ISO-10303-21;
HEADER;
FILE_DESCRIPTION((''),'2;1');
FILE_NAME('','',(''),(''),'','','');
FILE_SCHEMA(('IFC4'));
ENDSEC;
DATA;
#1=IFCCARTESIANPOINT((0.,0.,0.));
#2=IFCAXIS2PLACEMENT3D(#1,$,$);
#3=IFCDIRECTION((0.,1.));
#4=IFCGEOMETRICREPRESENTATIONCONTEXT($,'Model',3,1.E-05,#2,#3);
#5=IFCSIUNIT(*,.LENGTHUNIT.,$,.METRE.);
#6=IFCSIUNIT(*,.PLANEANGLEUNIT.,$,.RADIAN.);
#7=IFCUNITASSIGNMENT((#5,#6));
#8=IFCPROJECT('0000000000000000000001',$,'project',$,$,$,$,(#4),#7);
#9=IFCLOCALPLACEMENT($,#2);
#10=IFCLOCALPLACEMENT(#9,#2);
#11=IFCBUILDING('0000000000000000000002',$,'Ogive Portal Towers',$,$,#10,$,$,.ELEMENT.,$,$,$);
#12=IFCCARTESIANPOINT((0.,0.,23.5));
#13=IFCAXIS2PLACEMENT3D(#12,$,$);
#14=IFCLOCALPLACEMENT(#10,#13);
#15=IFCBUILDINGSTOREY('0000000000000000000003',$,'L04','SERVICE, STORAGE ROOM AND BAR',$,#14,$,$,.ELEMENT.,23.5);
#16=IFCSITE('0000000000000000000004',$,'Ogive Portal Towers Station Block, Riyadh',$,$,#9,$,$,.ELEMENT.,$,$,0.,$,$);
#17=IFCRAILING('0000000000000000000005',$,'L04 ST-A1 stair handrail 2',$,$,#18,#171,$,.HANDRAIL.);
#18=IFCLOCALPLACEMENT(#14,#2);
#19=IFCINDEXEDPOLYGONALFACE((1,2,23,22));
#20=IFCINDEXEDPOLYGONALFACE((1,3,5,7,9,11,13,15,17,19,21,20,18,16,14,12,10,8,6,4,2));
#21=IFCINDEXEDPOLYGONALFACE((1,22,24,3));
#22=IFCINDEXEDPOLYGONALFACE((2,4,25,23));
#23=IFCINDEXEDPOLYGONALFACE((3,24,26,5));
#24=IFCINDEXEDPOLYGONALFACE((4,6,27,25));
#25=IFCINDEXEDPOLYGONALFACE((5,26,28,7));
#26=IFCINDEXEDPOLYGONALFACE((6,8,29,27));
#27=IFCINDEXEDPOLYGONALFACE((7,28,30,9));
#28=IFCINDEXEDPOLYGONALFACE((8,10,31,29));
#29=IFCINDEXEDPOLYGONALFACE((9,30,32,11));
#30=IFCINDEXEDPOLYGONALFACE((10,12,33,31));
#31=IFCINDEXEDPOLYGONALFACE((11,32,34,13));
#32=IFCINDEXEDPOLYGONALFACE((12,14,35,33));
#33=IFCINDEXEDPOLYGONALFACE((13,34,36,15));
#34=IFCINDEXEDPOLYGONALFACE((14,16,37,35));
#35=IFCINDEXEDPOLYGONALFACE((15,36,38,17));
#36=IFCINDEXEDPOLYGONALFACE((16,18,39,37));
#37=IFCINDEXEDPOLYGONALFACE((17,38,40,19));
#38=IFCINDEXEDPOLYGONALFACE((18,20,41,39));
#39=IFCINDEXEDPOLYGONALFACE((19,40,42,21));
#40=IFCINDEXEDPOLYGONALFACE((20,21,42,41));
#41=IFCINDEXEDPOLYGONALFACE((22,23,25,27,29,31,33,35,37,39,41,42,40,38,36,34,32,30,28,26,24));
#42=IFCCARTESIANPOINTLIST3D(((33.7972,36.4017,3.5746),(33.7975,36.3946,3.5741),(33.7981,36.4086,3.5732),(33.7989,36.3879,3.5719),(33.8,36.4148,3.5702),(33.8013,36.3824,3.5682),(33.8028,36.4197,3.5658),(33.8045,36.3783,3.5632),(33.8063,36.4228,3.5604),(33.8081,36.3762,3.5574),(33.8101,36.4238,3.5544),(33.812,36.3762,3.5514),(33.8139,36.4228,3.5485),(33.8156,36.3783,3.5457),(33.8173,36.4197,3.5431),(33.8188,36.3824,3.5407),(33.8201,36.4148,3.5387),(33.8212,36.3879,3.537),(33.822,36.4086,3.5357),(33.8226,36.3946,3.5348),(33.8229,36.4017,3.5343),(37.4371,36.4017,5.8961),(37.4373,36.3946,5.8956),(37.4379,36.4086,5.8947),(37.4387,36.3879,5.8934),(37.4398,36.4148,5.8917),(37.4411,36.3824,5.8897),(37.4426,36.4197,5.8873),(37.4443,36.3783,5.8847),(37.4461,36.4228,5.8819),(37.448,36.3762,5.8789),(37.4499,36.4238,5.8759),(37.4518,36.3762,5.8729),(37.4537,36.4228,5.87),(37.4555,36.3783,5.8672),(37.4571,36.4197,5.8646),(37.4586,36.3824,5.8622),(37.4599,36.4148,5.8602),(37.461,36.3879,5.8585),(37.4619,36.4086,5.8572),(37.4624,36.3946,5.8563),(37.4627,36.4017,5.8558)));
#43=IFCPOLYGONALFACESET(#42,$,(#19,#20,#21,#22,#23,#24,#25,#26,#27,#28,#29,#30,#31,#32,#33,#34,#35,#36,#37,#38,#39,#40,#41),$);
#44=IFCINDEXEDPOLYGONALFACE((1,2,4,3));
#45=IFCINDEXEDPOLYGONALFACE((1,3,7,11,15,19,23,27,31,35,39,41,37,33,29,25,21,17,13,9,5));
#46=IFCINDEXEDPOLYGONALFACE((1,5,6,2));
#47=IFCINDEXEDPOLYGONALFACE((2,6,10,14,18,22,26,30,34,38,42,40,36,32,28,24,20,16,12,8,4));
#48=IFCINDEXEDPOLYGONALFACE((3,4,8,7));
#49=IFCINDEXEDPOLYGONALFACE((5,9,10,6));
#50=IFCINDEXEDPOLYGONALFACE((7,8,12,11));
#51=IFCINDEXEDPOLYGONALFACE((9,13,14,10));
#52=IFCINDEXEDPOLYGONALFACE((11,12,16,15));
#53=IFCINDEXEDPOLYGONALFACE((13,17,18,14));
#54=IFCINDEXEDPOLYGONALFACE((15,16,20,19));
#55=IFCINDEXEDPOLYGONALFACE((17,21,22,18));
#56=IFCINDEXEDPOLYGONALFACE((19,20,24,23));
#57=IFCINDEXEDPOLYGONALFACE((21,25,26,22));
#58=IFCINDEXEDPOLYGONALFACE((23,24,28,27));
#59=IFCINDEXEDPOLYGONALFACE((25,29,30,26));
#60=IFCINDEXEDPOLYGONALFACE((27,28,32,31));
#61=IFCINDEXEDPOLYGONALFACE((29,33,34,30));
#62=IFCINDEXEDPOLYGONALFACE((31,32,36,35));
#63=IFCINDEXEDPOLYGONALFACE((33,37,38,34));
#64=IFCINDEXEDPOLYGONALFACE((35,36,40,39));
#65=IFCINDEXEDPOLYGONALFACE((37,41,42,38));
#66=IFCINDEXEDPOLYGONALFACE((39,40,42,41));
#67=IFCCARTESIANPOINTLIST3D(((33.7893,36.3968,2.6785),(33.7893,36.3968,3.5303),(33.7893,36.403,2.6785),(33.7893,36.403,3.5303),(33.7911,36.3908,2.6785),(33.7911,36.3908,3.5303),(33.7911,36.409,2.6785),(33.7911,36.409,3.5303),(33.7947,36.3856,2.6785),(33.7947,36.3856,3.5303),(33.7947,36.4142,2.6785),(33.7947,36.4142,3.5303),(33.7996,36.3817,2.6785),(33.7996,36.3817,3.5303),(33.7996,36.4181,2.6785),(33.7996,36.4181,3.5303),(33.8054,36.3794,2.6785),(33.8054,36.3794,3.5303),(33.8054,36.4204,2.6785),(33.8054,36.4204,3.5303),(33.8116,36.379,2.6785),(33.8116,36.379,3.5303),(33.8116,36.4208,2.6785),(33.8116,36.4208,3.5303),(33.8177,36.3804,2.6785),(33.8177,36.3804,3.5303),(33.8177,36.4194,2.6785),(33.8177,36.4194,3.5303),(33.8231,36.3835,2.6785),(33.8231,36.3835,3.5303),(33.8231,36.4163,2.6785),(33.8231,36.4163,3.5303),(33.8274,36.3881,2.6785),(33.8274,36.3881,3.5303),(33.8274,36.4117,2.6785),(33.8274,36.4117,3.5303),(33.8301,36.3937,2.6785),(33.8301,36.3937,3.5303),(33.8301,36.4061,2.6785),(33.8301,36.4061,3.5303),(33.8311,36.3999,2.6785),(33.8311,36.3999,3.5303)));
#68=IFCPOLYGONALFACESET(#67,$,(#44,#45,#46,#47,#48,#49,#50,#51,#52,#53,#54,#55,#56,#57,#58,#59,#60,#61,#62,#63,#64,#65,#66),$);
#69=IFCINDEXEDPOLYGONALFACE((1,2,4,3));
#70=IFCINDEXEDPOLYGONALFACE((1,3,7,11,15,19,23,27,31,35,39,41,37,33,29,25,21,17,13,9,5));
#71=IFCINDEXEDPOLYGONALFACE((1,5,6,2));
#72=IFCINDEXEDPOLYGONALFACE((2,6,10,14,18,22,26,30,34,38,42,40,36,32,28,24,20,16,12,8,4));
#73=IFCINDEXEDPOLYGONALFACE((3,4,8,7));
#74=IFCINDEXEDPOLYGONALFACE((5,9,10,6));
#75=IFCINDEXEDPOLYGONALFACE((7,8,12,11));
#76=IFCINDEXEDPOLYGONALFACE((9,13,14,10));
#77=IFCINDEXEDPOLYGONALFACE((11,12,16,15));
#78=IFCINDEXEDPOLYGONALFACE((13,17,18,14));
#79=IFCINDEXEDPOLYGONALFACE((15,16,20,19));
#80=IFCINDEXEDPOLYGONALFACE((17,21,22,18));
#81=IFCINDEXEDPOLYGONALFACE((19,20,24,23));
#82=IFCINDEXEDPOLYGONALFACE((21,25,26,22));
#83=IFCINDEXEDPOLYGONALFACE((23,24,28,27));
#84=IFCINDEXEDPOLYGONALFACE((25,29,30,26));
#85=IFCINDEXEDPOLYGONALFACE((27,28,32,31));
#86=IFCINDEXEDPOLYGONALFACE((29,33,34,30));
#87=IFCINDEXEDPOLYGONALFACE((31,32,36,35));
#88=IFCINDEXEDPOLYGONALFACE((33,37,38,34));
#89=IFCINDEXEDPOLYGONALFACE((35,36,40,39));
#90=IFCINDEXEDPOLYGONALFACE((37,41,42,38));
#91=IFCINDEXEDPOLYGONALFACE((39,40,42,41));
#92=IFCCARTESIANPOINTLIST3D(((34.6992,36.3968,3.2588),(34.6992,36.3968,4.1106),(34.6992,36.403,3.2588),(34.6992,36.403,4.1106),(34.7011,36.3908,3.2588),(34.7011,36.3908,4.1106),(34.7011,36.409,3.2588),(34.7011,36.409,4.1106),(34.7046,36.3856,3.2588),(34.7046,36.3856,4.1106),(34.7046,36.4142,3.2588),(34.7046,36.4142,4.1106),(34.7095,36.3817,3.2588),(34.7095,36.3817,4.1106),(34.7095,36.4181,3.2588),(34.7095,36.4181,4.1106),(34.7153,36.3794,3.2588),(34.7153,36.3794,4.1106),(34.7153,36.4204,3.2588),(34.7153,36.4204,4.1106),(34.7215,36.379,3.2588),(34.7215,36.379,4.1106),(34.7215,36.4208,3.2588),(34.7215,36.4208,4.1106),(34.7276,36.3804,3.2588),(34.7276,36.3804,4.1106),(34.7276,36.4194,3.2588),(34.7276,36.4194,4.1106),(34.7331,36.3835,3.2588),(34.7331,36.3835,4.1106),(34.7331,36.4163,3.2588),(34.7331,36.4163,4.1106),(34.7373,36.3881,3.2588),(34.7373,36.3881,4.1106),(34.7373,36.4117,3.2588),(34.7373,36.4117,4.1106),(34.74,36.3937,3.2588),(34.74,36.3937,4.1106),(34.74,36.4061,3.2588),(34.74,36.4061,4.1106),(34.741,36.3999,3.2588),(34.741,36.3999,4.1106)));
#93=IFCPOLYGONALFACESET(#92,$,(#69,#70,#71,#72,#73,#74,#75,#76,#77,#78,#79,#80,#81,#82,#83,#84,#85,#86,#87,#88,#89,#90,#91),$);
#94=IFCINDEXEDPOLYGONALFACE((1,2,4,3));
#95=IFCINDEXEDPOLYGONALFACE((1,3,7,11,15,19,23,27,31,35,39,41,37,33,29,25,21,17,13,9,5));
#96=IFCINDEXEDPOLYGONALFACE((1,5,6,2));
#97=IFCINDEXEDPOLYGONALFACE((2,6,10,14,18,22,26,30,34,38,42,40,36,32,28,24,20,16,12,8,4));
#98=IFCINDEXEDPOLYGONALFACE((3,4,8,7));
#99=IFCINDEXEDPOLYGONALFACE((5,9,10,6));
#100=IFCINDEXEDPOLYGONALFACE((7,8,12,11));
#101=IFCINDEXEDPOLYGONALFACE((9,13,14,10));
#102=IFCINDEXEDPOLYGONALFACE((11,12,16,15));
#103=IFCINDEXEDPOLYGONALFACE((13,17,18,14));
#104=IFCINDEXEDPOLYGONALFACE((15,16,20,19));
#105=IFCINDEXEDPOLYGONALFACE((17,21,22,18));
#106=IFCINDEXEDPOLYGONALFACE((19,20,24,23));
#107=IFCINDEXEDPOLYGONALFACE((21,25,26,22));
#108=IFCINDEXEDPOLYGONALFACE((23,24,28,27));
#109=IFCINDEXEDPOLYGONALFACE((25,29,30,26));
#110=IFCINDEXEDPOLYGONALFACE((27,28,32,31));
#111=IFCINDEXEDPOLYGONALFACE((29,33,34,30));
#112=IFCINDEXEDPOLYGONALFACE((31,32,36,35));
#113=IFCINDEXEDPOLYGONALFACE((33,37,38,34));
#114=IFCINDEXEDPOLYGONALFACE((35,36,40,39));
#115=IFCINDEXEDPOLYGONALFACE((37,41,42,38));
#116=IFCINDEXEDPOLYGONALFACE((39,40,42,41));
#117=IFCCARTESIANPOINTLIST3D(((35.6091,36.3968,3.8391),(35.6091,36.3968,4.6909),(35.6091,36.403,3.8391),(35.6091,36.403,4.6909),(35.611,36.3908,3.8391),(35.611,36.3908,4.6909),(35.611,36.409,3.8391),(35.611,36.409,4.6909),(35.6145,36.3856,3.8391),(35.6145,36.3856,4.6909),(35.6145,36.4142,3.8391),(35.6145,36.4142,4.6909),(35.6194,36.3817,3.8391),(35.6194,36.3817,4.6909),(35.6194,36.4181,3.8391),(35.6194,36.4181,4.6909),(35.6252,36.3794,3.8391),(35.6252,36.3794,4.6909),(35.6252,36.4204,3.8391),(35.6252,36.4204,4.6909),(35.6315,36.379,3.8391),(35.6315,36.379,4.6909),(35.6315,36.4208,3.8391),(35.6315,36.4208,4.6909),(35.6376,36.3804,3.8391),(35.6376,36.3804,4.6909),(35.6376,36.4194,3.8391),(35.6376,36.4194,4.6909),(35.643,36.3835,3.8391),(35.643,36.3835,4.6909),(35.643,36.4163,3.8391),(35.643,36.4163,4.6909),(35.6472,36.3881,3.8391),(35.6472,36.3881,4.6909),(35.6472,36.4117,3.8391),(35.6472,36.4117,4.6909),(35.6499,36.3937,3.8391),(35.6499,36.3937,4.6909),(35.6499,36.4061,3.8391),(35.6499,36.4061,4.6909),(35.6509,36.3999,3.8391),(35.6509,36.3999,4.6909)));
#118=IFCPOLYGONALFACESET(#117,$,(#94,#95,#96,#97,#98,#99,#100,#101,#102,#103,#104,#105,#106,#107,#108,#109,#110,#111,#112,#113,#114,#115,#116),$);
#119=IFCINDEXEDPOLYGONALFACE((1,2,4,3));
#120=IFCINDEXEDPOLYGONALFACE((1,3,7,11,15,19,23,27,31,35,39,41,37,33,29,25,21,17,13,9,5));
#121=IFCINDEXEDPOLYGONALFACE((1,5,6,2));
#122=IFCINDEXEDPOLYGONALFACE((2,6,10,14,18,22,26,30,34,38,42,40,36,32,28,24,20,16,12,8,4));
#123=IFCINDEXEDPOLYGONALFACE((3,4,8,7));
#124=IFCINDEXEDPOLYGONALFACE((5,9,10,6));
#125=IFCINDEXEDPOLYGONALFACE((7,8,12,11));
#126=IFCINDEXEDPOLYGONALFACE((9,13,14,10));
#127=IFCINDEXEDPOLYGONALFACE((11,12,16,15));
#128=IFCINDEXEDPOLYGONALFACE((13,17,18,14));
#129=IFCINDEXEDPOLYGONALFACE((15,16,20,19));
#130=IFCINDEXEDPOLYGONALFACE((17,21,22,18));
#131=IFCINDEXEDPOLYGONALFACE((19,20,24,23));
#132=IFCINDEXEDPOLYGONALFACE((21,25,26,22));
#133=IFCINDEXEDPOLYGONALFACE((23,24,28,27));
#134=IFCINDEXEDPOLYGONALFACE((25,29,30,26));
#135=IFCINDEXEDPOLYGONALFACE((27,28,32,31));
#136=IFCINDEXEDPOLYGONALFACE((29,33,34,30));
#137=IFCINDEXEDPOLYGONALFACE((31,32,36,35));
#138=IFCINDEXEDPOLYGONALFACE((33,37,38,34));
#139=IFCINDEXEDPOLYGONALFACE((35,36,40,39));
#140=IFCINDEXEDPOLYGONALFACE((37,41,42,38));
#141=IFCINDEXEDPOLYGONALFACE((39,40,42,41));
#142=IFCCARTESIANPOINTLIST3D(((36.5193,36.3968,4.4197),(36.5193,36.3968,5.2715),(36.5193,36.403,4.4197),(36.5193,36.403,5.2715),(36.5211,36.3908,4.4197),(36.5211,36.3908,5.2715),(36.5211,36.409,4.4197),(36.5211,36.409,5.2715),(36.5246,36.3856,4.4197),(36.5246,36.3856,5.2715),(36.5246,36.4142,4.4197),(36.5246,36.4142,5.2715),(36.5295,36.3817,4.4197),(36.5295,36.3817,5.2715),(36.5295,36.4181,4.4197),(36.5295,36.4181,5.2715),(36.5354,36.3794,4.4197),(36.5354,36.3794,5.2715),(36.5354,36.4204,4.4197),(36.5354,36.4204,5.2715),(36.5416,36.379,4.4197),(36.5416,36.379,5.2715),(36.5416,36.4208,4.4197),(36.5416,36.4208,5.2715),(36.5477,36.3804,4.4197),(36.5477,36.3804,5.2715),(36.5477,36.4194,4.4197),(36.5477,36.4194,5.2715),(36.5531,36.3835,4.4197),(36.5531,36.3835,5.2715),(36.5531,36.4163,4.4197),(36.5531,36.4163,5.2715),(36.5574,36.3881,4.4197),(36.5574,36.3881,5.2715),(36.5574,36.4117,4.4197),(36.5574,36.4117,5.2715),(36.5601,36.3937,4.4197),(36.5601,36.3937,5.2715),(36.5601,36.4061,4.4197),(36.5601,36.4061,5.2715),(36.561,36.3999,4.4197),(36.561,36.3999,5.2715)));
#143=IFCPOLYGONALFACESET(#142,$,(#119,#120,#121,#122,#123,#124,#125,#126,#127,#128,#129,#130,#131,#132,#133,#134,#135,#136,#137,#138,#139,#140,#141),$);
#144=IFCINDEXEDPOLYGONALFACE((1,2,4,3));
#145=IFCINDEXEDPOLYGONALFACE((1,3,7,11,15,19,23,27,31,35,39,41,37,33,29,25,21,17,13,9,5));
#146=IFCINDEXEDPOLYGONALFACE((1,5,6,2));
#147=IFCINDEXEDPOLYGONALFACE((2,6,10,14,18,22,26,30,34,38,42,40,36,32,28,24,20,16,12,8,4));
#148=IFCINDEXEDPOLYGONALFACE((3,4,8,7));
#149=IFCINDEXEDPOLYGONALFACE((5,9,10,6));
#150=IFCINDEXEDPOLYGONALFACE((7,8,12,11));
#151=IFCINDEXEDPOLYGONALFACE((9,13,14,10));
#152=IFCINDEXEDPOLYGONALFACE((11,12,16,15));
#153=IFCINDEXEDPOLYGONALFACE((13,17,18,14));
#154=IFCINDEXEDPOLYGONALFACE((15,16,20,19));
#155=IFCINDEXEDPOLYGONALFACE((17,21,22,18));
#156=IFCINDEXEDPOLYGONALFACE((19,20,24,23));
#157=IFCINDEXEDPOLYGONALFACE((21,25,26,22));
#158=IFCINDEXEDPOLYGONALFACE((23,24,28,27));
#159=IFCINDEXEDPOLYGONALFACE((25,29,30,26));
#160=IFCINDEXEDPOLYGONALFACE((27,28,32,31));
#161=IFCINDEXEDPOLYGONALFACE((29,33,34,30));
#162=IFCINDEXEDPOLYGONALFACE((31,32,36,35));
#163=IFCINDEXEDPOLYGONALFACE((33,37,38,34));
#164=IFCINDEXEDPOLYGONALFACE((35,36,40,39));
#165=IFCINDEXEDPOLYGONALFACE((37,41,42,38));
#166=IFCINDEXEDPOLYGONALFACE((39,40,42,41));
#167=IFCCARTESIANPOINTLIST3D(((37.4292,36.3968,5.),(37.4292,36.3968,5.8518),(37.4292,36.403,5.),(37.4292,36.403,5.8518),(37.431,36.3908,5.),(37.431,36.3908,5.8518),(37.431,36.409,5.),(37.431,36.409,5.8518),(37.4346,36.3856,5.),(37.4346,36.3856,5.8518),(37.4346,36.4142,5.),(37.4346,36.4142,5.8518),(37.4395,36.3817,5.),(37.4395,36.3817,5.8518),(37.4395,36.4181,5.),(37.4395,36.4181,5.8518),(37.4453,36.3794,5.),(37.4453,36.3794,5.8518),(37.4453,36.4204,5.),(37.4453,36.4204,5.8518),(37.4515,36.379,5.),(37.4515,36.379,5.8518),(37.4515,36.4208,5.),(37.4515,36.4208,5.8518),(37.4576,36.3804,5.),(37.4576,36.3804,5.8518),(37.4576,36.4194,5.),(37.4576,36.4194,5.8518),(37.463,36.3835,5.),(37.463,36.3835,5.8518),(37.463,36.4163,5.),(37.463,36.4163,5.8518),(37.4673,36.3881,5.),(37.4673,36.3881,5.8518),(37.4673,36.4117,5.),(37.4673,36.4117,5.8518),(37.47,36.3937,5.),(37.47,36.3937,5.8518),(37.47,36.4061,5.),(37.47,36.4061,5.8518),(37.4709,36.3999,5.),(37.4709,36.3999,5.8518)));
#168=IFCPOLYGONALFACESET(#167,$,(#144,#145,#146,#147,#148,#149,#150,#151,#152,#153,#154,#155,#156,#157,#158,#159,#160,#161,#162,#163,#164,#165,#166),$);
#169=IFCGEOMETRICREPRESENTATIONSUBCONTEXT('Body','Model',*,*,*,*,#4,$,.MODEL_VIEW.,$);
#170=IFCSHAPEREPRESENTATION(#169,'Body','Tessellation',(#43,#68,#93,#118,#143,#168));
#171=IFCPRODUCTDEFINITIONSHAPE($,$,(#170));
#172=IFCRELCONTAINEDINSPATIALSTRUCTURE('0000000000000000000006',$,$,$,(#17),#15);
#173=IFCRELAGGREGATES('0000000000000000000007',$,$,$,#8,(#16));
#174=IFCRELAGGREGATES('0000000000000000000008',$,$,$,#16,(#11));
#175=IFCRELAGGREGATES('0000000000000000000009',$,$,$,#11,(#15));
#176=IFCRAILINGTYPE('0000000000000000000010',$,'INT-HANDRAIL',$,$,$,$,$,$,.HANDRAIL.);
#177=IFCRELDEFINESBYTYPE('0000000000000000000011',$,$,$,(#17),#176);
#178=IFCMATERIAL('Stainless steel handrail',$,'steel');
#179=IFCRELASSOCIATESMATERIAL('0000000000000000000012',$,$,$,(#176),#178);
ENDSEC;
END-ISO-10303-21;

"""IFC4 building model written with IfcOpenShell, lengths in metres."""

from ifc_helpers import new_model, si_unit, direction, frame, origin, origin_2d, place, context, subcontext, project, spatial, circle, extrude, material, type_object, element, save


model = new_model("IFC4")

# Units and contexts
model_context = context("Model", 3, precision=1e-05, world=origin(), true_north=direction((0.0, 1.0)))
body_context = subcontext(model_context, "Body", "Model", "MODEL_VIEW")
ifc_project = project(units=[si_unit("LENGTHUNIT", "METRE"), si_unit("PLANEANGLEUNIT", "RADIAN")], contexts=[model_context])

# Site, building, storey
site_placement = place(None, origin())
site = spatial("IfcSite", under=ifc_project, at=site_placement, Name="Ogive Portal Towers Station Block, Riyadh", CompositionType="ELEMENT", RefElevation=0.0)
building_placement = place(site_placement, origin())
building = spatial("IfcBuilding", under=site, at=building_placement, Name="Ogive Portal Towers", CompositionType="ELEMENT")
storey_placement = place(building_placement, frame((0.0, 0.0, 23.5)))
storey = spatial("IfcBuildingStorey", under=building, at=storey_placement, Name="L04", Description="SERVICE, STORAGE ROOM AND BAR", CompositionType="ELEMENT", Elevation=23.5)

# Railing
ifc_material_1 = material(Name="Stainless steel handrail", Category="steel")
railing_type_1 = type_object("IfcRailingType", Name="INT-HANDRAIL", PredefinedType="HANDRAIL", material=ifc_material_1)
railing_1_placement = place(storey_placement, frame((33.8101, 36.3999, 2.6785)))
element("IfcRailing", 1, at=railing_1_placement, inside=storey, type_object=railing_type_1, Name="L04 ST-A1 stair handrail 2", PredefinedType="HANDRAIL", context=body_context, shape_type="SweptSolid", body=[
    extrude(circle(Radius=0.0239, at=origin_2d()), frame((0.0, 0.0, 0.876), z_axis=(0.843112, 0.0, 0.537739), x_axis=(0.0, 1.0, 0.0)), (0.0, 0.0, 1.0), 4.3171),
    extrude(circle(Radius=0.021, at=origin_2d()), origin(), (0.0, 0.0, 1.0), 0.8518),
    extrude(circle(Radius=0.021, at=origin_2d()), frame((0.9099, 0.0, 0.5803)), (0.0, 0.0, 1.0), 0.8518),
    extrude(circle(Radius=0.021, at=origin_2d()), frame((1.8198, 0.0, 1.1606)), (0.0, 0.0, 1.0), 0.8518),
    extrude(circle(Radius=0.021, at=origin_2d()), frame((2.73, 0.0, 1.7412)), (0.0, 0.0, 1.0), 0.8518),
    extrude(circle(Radius=0.021, at=origin_2d()), frame((3.6399, 0.0, 2.3215)), (0.0, 0.0, 1.0), 0.8518),
])

save(model, "model.ifc")
